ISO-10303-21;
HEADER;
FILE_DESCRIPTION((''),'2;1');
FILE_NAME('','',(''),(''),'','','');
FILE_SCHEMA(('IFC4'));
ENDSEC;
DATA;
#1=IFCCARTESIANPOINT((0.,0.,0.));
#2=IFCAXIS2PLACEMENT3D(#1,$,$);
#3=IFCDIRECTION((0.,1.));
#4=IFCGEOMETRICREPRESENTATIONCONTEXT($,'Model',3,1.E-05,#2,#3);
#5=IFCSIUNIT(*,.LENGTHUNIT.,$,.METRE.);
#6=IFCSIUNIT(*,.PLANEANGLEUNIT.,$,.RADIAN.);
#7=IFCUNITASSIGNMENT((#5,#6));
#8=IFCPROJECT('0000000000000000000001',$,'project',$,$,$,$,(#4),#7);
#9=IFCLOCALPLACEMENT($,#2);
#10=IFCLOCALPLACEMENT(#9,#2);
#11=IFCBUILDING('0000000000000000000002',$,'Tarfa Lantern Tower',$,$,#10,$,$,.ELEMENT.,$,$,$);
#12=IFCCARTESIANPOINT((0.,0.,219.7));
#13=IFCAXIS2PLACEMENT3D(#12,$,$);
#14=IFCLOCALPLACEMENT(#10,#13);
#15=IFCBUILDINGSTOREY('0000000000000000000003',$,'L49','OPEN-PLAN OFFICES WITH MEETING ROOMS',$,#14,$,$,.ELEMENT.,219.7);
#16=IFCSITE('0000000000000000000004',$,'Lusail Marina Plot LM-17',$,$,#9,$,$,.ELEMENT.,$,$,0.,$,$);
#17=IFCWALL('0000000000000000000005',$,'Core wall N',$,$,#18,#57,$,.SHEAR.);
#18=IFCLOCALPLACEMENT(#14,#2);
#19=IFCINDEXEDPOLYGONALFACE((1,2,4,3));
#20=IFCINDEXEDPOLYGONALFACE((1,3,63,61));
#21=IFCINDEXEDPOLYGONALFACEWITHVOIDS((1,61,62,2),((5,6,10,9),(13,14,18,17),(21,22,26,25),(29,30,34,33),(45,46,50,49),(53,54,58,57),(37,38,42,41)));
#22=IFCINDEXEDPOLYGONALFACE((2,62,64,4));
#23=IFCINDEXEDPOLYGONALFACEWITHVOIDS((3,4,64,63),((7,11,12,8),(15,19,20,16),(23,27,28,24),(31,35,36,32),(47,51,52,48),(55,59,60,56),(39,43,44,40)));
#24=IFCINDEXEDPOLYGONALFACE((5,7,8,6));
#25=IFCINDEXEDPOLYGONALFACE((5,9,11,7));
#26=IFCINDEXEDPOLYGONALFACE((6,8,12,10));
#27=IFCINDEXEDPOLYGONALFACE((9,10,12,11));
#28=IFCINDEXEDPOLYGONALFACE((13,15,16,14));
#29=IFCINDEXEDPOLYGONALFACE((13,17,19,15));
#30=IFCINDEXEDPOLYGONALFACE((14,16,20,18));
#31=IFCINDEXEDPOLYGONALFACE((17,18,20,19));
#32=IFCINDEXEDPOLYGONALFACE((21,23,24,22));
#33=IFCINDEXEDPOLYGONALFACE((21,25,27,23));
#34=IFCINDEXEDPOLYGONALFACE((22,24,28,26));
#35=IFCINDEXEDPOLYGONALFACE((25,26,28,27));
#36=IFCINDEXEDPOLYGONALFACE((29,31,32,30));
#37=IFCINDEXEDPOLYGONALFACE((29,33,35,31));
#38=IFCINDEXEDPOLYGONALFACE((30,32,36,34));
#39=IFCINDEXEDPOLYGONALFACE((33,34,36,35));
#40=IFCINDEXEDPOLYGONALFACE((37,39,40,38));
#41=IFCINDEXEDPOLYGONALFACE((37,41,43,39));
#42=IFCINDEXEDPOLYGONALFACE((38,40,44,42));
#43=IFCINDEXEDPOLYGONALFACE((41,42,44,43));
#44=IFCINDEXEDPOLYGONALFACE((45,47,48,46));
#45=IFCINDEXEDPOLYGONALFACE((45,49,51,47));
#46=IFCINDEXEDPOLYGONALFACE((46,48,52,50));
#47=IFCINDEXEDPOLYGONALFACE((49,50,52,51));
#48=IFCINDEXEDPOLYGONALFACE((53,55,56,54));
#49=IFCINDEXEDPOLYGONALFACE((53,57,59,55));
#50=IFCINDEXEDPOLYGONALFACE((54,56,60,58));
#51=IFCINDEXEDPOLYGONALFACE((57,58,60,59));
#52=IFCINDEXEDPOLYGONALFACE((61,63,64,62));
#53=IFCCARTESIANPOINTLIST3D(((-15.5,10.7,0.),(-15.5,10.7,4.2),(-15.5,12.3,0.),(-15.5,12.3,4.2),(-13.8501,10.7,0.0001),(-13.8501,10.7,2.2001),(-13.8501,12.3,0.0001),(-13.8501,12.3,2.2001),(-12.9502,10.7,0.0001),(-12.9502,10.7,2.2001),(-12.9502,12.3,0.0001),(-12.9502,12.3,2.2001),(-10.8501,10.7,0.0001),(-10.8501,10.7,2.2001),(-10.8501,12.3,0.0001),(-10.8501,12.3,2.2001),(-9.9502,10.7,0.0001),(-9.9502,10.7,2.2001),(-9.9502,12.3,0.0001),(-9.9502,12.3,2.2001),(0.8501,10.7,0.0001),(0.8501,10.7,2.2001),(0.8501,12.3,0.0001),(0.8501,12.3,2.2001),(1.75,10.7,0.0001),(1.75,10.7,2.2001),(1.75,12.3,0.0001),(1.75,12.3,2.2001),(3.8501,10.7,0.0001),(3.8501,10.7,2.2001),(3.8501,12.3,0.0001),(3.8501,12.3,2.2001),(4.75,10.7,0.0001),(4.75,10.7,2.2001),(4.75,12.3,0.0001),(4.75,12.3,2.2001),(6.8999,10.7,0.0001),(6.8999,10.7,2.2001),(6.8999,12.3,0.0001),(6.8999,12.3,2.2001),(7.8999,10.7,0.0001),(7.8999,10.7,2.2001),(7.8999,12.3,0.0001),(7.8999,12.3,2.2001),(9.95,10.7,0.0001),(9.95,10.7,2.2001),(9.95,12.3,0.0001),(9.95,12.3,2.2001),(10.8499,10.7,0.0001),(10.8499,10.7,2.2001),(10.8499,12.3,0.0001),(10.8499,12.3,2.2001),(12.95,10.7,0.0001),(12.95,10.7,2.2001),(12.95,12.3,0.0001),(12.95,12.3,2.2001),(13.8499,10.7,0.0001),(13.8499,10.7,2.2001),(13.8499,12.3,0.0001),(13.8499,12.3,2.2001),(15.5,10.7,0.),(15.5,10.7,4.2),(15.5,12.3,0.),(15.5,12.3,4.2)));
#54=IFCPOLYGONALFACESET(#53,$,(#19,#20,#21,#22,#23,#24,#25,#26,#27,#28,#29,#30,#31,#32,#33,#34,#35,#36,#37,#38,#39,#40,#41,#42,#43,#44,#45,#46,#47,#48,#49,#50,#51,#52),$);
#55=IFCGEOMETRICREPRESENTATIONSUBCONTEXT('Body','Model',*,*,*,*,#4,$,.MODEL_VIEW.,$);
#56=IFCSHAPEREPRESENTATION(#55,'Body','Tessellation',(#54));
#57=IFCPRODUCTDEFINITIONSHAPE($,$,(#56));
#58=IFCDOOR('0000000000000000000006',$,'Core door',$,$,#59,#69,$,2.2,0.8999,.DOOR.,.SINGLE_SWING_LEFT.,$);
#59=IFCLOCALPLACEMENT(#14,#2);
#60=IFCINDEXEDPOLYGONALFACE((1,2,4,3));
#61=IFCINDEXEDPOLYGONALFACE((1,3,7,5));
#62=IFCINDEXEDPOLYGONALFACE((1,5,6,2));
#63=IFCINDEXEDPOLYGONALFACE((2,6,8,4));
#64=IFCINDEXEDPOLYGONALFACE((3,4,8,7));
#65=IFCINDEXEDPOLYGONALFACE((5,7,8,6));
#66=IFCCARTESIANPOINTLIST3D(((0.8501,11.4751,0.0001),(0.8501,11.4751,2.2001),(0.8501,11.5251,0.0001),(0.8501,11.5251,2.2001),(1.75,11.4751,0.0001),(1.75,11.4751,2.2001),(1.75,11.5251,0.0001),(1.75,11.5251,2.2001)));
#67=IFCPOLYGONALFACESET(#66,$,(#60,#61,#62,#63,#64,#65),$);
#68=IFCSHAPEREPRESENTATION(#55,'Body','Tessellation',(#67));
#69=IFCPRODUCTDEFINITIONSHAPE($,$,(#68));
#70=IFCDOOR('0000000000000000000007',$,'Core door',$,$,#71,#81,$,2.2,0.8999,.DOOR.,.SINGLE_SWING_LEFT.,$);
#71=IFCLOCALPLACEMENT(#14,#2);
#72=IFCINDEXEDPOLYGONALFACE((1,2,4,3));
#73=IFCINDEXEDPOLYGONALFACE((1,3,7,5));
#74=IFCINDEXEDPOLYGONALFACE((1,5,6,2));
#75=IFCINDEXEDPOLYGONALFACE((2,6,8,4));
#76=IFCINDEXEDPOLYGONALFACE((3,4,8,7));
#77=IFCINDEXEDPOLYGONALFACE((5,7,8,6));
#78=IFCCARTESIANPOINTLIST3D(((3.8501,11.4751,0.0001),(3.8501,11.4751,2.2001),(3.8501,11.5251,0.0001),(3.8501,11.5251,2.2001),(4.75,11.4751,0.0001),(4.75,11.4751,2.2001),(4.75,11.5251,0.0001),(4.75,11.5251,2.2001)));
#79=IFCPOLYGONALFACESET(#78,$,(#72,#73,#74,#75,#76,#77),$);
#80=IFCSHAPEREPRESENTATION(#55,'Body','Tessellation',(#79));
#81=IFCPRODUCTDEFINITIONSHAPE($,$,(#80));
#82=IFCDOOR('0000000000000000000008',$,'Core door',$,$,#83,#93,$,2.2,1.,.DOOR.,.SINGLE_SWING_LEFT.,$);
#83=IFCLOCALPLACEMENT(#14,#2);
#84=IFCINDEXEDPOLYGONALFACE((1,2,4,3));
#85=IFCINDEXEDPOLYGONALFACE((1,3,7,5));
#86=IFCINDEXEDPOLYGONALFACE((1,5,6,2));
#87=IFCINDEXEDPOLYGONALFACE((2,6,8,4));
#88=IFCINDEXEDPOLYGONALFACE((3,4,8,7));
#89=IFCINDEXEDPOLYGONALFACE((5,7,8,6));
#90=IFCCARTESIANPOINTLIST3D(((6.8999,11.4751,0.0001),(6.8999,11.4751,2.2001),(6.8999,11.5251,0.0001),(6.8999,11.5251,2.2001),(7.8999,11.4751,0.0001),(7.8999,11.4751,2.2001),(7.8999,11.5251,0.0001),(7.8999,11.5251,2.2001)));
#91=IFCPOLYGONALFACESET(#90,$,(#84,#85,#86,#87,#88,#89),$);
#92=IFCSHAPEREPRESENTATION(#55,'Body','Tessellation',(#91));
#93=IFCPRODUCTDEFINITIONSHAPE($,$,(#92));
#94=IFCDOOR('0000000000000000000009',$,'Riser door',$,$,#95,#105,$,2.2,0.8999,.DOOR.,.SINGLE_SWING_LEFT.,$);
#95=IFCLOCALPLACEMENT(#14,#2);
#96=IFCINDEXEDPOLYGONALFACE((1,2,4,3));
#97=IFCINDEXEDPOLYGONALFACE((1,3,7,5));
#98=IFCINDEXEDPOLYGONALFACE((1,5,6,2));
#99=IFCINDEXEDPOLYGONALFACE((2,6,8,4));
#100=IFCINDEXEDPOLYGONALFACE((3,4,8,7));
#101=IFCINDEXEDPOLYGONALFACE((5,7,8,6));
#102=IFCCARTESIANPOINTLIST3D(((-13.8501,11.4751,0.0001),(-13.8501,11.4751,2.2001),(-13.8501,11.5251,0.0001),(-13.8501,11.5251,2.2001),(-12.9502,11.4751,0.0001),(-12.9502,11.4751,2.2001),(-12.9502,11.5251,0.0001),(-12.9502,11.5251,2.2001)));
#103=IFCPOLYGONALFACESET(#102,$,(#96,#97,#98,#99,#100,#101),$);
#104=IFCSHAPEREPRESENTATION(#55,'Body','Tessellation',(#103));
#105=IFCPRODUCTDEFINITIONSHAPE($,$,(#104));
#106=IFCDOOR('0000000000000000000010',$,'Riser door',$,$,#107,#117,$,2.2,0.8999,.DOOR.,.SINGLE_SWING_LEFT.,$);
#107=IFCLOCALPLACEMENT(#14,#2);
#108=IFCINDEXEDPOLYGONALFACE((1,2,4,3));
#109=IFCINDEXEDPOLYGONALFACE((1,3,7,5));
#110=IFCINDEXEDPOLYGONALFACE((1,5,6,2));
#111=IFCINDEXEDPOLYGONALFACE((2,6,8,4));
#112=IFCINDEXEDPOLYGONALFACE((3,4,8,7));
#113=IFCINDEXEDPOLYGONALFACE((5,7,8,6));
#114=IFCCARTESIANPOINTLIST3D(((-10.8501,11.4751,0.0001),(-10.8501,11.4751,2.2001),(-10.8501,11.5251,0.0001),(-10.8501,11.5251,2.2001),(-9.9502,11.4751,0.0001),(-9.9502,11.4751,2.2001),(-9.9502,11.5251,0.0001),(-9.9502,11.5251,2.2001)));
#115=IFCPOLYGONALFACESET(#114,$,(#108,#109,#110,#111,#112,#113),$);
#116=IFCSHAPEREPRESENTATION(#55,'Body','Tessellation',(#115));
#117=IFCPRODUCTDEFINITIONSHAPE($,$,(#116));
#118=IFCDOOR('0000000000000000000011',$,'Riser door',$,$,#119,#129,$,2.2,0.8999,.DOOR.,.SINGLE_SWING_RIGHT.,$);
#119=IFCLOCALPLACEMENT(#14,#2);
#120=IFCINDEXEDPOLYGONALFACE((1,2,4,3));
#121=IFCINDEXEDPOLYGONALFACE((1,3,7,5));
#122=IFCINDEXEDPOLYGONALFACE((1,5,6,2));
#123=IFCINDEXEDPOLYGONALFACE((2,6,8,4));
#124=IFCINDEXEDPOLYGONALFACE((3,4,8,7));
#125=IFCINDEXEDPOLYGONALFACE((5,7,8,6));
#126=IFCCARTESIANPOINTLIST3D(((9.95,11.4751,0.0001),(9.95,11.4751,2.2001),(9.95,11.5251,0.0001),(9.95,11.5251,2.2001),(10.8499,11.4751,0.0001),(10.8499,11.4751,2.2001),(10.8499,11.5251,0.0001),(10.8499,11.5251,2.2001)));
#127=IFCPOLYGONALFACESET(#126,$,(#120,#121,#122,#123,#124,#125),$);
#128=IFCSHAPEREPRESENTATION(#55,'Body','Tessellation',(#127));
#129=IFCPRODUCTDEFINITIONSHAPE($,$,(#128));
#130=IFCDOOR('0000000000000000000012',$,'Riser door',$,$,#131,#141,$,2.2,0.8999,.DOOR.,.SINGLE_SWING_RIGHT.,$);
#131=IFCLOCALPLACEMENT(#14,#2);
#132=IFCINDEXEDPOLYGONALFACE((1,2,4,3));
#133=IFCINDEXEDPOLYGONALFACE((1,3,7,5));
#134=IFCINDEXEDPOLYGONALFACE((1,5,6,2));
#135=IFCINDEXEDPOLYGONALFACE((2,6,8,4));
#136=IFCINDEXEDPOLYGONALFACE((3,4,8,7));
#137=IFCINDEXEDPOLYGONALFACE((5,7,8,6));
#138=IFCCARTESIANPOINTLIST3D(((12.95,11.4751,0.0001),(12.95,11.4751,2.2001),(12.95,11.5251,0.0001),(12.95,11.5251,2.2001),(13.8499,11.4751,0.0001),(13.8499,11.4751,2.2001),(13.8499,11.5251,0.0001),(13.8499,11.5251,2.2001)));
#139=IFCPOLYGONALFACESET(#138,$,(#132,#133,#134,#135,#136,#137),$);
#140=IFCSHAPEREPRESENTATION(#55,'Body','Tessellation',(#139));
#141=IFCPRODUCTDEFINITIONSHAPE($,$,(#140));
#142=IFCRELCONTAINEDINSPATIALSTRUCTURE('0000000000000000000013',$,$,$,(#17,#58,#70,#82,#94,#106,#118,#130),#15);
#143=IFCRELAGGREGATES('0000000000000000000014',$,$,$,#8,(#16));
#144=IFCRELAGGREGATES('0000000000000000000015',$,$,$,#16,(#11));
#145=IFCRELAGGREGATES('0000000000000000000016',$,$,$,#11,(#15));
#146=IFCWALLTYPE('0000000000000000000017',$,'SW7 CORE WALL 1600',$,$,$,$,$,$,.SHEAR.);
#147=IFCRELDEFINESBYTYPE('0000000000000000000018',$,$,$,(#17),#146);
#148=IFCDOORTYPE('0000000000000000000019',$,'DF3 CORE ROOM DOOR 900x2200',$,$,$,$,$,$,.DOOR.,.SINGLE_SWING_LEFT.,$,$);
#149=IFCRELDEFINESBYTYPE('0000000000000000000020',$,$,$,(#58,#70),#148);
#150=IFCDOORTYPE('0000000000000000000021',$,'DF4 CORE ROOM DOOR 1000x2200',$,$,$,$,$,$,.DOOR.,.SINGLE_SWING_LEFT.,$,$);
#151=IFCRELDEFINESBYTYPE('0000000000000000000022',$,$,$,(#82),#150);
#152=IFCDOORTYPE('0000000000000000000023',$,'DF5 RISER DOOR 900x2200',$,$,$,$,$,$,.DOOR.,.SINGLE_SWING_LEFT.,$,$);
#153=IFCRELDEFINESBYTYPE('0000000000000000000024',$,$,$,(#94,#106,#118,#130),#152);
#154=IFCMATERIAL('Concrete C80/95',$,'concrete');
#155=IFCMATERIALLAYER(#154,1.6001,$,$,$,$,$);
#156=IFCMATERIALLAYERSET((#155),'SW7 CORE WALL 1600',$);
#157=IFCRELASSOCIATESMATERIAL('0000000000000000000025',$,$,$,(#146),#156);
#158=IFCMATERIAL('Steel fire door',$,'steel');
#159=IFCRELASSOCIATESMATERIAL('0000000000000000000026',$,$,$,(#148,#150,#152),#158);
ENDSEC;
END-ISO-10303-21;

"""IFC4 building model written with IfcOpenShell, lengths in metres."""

from ifc_helpers import new_model, si_unit, direction, frame, frame_2d, origin, place, context, subcontext, project, spatial, rectangle, extrude, material, layer, layer_set, type_object, element, fill, save


model = new_model("IFC4")

# Units and contexts
model_context = context("Model", 3, precision=1e-05, world=origin(), true_north=direction((0.0, 1.0)))
body_context = subcontext(model_context, "Body", "Model", "MODEL_VIEW")
ifc_project = project(units=[si_unit("LENGTHUNIT", "METRE"), si_unit("PLANEANGLEUNIT", "RADIAN")], contexts=[model_context])

# Site, building, storey
site_placement = place(None, origin())
site = spatial("IfcSite", under=ifc_project, at=site_placement, Name="Lusail Marina Plot LM-17", CompositionType="ELEMENT", RefElevation=0.0)
building_placement = place(site_placement, origin())
building = spatial("IfcBuilding", under=site, at=building_placement, Name="Tarfa Lantern Tower", CompositionType="ELEMENT")
storey_placement = place(building_placement, frame((0.0, 0.0, 219.7)))
storey = spatial("IfcBuildingStorey", under=building, at=storey_placement, Name="L49", Description="OPEN-PLAN OFFICES WITH MEETING ROOMS", CompositionType="ELEMENT", Elevation=219.7)

# Shared definitions
ifc_material_1 = material(Name="Concrete C80/95", Category="concrete")
ifc_material_2 = material(Name="Steel fire door", Category="steel")

# Wall, openings, doors
ifc_layer_1 = layer(ifc_material_1, 1.6001)
ifc_layer_set_1 = layer_set([ifc_layer_1], Name="SW7 CORE WALL 1600")
wall_type_1 = type_object("IfcWallType", Name="SW7 CORE WALL 1600", PredefinedType="SHEAR", material=ifc_layer_set_1)
wall_1_placement = place(storey_placement, frame((-15.5, 11.5, 0.0), z_axis=(0.0, 0.0, 1.0), x_axis=(1.0, 0.0, 0.0)))
wall_1 = element("IfcWall", 1, at=wall_1_placement, inside=storey, type_object=wall_type_1, Name="Core wall N", PredefinedType="SHEAR", context=body_context, shape_type="SweptSolid", body=[
    extrude(rectangle(XDim=31.0, YDim=1.6001, at=frame_2d((15.5, 0.0))), origin(), (0.0, 0.0, 1.0), 4.2),
])
opening_1_placement = place(wall_1_placement, frame((16.3501, 0.0, 0.0)))
opening_1 = element("IfcOpeningElement", 2, at=opening_1_placement, cuts=wall_1, PredefinedType="OPENING", context=body_context, shape_type="SweptSolid", body=[
    extrude(rectangle(XDim=0.8999, YDim=2.2, at=frame_2d((0.45, 1.1001))), frame((0.0, 0.8101, 0.0), z_axis=(0.0, -1.0, 0.0), x_axis=(1.0, 0.0, 0.0)), (0.0, 0.0, 1.0), 1.6201),
])
opening_2_placement = place(wall_1_placement, frame((19.3501, 0.0, 0.0)))
opening_2 = element("IfcOpeningElement", 3, at=opening_2_placement, cuts=wall_1, PredefinedType="OPENING", context=body_context, shape_type="SweptSolid", body=[
    extrude(rectangle(XDim=0.8999, YDim=2.2, at=frame_2d((0.45, 1.1001))), frame((0.0, 0.8101, 0.0), z_axis=(0.0, -1.0, 0.0), x_axis=(1.0, 0.0, 0.0)), (0.0, 0.0, 1.0), 1.6201),
])
opening_3_placement = place(wall_1_placement, frame((22.3999, 0.0, 0.0)))
opening_3 = element("IfcOpeningElement", 4, at=opening_3_placement, cuts=wall_1, PredefinedType="OPENING", context=body_context, shape_type="SweptSolid", body=[
    extrude(rectangle(XDim=1.0, YDim=2.2, at=frame_2d((0.5, 1.1001))), frame((0.0, 0.8101, 0.0), z_axis=(0.0, -1.0, 0.0), x_axis=(1.0, 0.0, 0.0)), (0.0, 0.0, 1.0), 1.6201),
])
opening_4_placement = place(wall_1_placement, frame((1.6499, 0.0, 0.0)))
opening_4 = element("IfcOpeningElement", 5, at=opening_4_placement, cuts=wall_1, PredefinedType="OPENING", context=body_context, shape_type="SweptSolid", body=[
    extrude(rectangle(XDim=0.8999, YDim=2.2, at=frame_2d((0.45, 1.1001))), frame((0.0, 0.8101, 0.0), z_axis=(0.0, -1.0, 0.0), x_axis=(1.0, 0.0, 0.0)), (0.0, 0.0, 1.0), 1.6201),
])
opening_5_placement = place(wall_1_placement, frame((4.6499, 0.0, 0.0)))
opening_5 = element("IfcOpeningElement", 6, at=opening_5_placement, cuts=wall_1, PredefinedType="OPENING", context=body_context, shape_type="SweptSolid", body=[
    extrude(rectangle(XDim=0.8999, YDim=2.2, at=frame_2d((0.45, 1.1001))), frame((0.0, 0.8101, 0.0), z_axis=(0.0, -1.0, 0.0), x_axis=(1.0, 0.0, 0.0)), (0.0, 0.0, 1.0), 1.6201),
])
opening_6_placement = place(wall_1_placement, frame((25.45, 0.0, 0.0)))
opening_6 = element("IfcOpeningElement", 7, at=opening_6_placement, cuts=wall_1, PredefinedType="OPENING", context=body_context, shape_type="SweptSolid", body=[
    extrude(rectangle(XDim=0.8999, YDim=2.2, at=frame_2d((0.45, 1.1001))), frame((0.0, 0.8101, 0.0), z_axis=(0.0, -1.0, 0.0), x_axis=(1.0, 0.0, 0.0)), (0.0, 0.0, 1.0), 1.6201),
])
opening_7_placement = place(wall_1_placement, frame((28.45, 0.0, 0.0)))
opening_7 = element("IfcOpeningElement", 8, at=opening_7_placement, cuts=wall_1, PredefinedType="OPENING", context=body_context, shape_type="SweptSolid", body=[
    extrude(rectangle(XDim=0.8999, YDim=2.2, at=frame_2d((0.45, 1.1001))), frame((0.0, 0.8101, 0.0), z_axis=(0.0, -1.0, 0.0), x_axis=(1.0, 0.0, 0.0)), (0.0, 0.0, 1.0), 1.6201),
])
door_type_1 = type_object("IfcDoorType", Name="DF3 CORE ROOM DOOR 900x2200", OperationType="SINGLE_SWING_LEFT", PredefinedType="DOOR", material=ifc_material_2)
door_1_placement = place(opening_1_placement, frame((0.8999, 0.0, 0.0), z_axis=(0.0, 0.0, 1.0), x_axis=(-1.0, 0.0, 0.0)))
door_1 = element("IfcDoor", 9, at=door_1_placement, inside=storey, type_object=door_type_1, Name="Core door", OperationType="SINGLE_SWING_LEFT", OverallHeight=2.2, OverallWidth=0.8999, PredefinedType="DOOR", context=body_context, shape_type="SweptSolid", body=[
    extrude(rectangle(XDim=0.8999, YDim=2.2, at=frame_2d((0.45, 1.1001))), frame((0.0, 0.0249, 0.0), z_axis=(0.0, -1.0, 0.0), x_axis=(1.0, 0.0, 0.0)), (0.0, 0.0, 1.0), 0.05),
])
fill(opening_1, door_1)
door_2_placement = place(opening_2_placement, frame((0.8999, 0.0, 0.0), z_axis=(0.0, 0.0, 1.0), x_axis=(-1.0, 0.0, 0.0)))
door_2 = element("IfcDoor", 10, at=door_2_placement, inside=storey, type_object=door_type_1, Name="Core door", OperationType="SINGLE_SWING_LEFT", OverallHeight=2.2, OverallWidth=0.8999, PredefinedType="DOOR", context=body_context, shape_type="SweptSolid", body=[
    extrude(rectangle(XDim=0.8999, YDim=2.2, at=frame_2d((0.45, 1.1001))), frame((0.0, 0.0249, 0.0), z_axis=(0.0, -1.0, 0.0), x_axis=(1.0, 0.0, 0.0)), (0.0, 0.0, 1.0), 0.05),
])
fill(opening_2, door_2)
door_type_2 = type_object("IfcDoorType", Name="DF4 CORE ROOM DOOR 1000x2200", OperationType="SINGLE_SWING_LEFT", PredefinedType="DOOR", material=ifc_material_2)
door_3_placement = place(opening_3_placement, frame((1.0, 0.0, 0.0), z_axis=(0.0, 0.0, 1.0), x_axis=(-1.0, 0.0, 0.0)))
door_3 = element("IfcDoor", 11, at=door_3_placement, inside=storey, type_object=door_type_2, Name="Core door", OperationType="SINGLE_SWING_LEFT", OverallHeight=2.2, OverallWidth=1.0, PredefinedType="DOOR", context=body_context, shape_type="SweptSolid", body=[
    extrude(rectangle(XDim=1.0, YDim=2.2, at=frame_2d((0.5, 1.1001))), frame((0.0, 0.0249, 0.0), z_axis=(0.0, -1.0, 0.0), x_axis=(1.0, 0.0, 0.0)), (0.0, 0.0, 1.0), 0.05),
])
fill(opening_3, door_3)
door_type_3 = type_object("IfcDoorType", Name="DF5 RISER DOOR 900x2200", OperationType="SINGLE_SWING_LEFT", PredefinedType="DOOR", material=ifc_material_2)
door_4_placement = place(opening_4_placement, frame((0.8999, 0.0, 0.0), z_axis=(0.0, 0.0, 1.0), x_axis=(-1.0, 0.0, 0.0)))
door_4 = element("IfcDoor", 12, at=door_4_placement, inside=storey, type_object=door_type_3, Name="Riser door", OperationType="SINGLE_SWING_LEFT", OverallHeight=2.2, OverallWidth=0.8999, PredefinedType="DOOR", context=body_context, shape_type="SweptSolid", body=[
    extrude(rectangle(XDim=0.8999, YDim=2.2, at=frame_2d((0.45, 1.1001))), frame((0.0, 0.0249, 0.0), z_axis=(0.0, -1.0, 0.0), x_axis=(1.0, 0.0, 0.0)), (0.0, 0.0, 1.0), 0.05),
])
fill(opening_4, door_4)
door_5_placement = place(opening_5_placement, frame((0.8999, 0.0, 0.0), z_axis=(0.0, 0.0, 1.0), x_axis=(-1.0, 0.0, 0.0)))
door_5 = element("IfcDoor", 13, at=door_5_placement, inside=storey, type_object=door_type_3, Name="Riser door", OperationType="SINGLE_SWING_LEFT", OverallHeight=2.2, OverallWidth=0.8999, PredefinedType="DOOR", context=body_context, shape_type="SweptSolid", body=[
    extrude(rectangle(XDim=0.8999, YDim=2.2, at=frame_2d((0.45, 1.1001))), frame((0.0, 0.0249, 0.0), z_axis=(0.0, -1.0, 0.0), x_axis=(1.0, 0.0, 0.0)), (0.0, 0.0, 1.0), 0.05),
])
fill(opening_5, door_5)
door_6_placement = place(opening_6_placement, frame((0.8999, 0.0, 0.0), z_axis=(0.0, 0.0, 1.0), x_axis=(-1.0, 0.0, 0.0)))
door_6 = element("IfcDoor", 14, at=door_6_placement, inside=storey, type_object=door_type_3, Name="Riser door", OperationType="SINGLE_SWING_RIGHT", OverallHeight=2.2, OverallWidth=0.8999, PredefinedType="DOOR", context=body_context, shape_type="SweptSolid", body=[
    extrude(rectangle(XDim=0.8999, YDim=2.2, at=frame_2d((0.45, 1.1001))), frame((0.0, 0.0249, 0.0), z_axis=(0.0, -1.0, 0.0), x_axis=(1.0, 0.0, 0.0)), (0.0, 0.0, 1.0), 0.05),
])
fill(opening_6, door_6)
door_7_placement = place(opening_7_placement, frame((0.8999, 0.0, 0.0), z_axis=(0.0, 0.0, 1.0), x_axis=(-1.0, 0.0, 0.0)))
door_7 = element("IfcDoor", 15, at=door_7_placement, inside=storey, type_object=door_type_3, Name="Riser door", OperationType="SINGLE_SWING_RIGHT", OverallHeight=2.2, OverallWidth=0.8999, PredefinedType="DOOR", context=body_context, shape_type="SweptSolid", body=[
    extrude(rectangle(XDim=0.8999, YDim=2.2, at=frame_2d((0.45, 1.1001))), frame((0.0, 0.0249, 0.0), z_axis=(0.0, -1.0, 0.0), x_axis=(1.0, 0.0, 0.0)), (0.0, 0.0, 1.0), 0.05),
])
fill(opening_7, door_7)

save(model, "model.ifc")
